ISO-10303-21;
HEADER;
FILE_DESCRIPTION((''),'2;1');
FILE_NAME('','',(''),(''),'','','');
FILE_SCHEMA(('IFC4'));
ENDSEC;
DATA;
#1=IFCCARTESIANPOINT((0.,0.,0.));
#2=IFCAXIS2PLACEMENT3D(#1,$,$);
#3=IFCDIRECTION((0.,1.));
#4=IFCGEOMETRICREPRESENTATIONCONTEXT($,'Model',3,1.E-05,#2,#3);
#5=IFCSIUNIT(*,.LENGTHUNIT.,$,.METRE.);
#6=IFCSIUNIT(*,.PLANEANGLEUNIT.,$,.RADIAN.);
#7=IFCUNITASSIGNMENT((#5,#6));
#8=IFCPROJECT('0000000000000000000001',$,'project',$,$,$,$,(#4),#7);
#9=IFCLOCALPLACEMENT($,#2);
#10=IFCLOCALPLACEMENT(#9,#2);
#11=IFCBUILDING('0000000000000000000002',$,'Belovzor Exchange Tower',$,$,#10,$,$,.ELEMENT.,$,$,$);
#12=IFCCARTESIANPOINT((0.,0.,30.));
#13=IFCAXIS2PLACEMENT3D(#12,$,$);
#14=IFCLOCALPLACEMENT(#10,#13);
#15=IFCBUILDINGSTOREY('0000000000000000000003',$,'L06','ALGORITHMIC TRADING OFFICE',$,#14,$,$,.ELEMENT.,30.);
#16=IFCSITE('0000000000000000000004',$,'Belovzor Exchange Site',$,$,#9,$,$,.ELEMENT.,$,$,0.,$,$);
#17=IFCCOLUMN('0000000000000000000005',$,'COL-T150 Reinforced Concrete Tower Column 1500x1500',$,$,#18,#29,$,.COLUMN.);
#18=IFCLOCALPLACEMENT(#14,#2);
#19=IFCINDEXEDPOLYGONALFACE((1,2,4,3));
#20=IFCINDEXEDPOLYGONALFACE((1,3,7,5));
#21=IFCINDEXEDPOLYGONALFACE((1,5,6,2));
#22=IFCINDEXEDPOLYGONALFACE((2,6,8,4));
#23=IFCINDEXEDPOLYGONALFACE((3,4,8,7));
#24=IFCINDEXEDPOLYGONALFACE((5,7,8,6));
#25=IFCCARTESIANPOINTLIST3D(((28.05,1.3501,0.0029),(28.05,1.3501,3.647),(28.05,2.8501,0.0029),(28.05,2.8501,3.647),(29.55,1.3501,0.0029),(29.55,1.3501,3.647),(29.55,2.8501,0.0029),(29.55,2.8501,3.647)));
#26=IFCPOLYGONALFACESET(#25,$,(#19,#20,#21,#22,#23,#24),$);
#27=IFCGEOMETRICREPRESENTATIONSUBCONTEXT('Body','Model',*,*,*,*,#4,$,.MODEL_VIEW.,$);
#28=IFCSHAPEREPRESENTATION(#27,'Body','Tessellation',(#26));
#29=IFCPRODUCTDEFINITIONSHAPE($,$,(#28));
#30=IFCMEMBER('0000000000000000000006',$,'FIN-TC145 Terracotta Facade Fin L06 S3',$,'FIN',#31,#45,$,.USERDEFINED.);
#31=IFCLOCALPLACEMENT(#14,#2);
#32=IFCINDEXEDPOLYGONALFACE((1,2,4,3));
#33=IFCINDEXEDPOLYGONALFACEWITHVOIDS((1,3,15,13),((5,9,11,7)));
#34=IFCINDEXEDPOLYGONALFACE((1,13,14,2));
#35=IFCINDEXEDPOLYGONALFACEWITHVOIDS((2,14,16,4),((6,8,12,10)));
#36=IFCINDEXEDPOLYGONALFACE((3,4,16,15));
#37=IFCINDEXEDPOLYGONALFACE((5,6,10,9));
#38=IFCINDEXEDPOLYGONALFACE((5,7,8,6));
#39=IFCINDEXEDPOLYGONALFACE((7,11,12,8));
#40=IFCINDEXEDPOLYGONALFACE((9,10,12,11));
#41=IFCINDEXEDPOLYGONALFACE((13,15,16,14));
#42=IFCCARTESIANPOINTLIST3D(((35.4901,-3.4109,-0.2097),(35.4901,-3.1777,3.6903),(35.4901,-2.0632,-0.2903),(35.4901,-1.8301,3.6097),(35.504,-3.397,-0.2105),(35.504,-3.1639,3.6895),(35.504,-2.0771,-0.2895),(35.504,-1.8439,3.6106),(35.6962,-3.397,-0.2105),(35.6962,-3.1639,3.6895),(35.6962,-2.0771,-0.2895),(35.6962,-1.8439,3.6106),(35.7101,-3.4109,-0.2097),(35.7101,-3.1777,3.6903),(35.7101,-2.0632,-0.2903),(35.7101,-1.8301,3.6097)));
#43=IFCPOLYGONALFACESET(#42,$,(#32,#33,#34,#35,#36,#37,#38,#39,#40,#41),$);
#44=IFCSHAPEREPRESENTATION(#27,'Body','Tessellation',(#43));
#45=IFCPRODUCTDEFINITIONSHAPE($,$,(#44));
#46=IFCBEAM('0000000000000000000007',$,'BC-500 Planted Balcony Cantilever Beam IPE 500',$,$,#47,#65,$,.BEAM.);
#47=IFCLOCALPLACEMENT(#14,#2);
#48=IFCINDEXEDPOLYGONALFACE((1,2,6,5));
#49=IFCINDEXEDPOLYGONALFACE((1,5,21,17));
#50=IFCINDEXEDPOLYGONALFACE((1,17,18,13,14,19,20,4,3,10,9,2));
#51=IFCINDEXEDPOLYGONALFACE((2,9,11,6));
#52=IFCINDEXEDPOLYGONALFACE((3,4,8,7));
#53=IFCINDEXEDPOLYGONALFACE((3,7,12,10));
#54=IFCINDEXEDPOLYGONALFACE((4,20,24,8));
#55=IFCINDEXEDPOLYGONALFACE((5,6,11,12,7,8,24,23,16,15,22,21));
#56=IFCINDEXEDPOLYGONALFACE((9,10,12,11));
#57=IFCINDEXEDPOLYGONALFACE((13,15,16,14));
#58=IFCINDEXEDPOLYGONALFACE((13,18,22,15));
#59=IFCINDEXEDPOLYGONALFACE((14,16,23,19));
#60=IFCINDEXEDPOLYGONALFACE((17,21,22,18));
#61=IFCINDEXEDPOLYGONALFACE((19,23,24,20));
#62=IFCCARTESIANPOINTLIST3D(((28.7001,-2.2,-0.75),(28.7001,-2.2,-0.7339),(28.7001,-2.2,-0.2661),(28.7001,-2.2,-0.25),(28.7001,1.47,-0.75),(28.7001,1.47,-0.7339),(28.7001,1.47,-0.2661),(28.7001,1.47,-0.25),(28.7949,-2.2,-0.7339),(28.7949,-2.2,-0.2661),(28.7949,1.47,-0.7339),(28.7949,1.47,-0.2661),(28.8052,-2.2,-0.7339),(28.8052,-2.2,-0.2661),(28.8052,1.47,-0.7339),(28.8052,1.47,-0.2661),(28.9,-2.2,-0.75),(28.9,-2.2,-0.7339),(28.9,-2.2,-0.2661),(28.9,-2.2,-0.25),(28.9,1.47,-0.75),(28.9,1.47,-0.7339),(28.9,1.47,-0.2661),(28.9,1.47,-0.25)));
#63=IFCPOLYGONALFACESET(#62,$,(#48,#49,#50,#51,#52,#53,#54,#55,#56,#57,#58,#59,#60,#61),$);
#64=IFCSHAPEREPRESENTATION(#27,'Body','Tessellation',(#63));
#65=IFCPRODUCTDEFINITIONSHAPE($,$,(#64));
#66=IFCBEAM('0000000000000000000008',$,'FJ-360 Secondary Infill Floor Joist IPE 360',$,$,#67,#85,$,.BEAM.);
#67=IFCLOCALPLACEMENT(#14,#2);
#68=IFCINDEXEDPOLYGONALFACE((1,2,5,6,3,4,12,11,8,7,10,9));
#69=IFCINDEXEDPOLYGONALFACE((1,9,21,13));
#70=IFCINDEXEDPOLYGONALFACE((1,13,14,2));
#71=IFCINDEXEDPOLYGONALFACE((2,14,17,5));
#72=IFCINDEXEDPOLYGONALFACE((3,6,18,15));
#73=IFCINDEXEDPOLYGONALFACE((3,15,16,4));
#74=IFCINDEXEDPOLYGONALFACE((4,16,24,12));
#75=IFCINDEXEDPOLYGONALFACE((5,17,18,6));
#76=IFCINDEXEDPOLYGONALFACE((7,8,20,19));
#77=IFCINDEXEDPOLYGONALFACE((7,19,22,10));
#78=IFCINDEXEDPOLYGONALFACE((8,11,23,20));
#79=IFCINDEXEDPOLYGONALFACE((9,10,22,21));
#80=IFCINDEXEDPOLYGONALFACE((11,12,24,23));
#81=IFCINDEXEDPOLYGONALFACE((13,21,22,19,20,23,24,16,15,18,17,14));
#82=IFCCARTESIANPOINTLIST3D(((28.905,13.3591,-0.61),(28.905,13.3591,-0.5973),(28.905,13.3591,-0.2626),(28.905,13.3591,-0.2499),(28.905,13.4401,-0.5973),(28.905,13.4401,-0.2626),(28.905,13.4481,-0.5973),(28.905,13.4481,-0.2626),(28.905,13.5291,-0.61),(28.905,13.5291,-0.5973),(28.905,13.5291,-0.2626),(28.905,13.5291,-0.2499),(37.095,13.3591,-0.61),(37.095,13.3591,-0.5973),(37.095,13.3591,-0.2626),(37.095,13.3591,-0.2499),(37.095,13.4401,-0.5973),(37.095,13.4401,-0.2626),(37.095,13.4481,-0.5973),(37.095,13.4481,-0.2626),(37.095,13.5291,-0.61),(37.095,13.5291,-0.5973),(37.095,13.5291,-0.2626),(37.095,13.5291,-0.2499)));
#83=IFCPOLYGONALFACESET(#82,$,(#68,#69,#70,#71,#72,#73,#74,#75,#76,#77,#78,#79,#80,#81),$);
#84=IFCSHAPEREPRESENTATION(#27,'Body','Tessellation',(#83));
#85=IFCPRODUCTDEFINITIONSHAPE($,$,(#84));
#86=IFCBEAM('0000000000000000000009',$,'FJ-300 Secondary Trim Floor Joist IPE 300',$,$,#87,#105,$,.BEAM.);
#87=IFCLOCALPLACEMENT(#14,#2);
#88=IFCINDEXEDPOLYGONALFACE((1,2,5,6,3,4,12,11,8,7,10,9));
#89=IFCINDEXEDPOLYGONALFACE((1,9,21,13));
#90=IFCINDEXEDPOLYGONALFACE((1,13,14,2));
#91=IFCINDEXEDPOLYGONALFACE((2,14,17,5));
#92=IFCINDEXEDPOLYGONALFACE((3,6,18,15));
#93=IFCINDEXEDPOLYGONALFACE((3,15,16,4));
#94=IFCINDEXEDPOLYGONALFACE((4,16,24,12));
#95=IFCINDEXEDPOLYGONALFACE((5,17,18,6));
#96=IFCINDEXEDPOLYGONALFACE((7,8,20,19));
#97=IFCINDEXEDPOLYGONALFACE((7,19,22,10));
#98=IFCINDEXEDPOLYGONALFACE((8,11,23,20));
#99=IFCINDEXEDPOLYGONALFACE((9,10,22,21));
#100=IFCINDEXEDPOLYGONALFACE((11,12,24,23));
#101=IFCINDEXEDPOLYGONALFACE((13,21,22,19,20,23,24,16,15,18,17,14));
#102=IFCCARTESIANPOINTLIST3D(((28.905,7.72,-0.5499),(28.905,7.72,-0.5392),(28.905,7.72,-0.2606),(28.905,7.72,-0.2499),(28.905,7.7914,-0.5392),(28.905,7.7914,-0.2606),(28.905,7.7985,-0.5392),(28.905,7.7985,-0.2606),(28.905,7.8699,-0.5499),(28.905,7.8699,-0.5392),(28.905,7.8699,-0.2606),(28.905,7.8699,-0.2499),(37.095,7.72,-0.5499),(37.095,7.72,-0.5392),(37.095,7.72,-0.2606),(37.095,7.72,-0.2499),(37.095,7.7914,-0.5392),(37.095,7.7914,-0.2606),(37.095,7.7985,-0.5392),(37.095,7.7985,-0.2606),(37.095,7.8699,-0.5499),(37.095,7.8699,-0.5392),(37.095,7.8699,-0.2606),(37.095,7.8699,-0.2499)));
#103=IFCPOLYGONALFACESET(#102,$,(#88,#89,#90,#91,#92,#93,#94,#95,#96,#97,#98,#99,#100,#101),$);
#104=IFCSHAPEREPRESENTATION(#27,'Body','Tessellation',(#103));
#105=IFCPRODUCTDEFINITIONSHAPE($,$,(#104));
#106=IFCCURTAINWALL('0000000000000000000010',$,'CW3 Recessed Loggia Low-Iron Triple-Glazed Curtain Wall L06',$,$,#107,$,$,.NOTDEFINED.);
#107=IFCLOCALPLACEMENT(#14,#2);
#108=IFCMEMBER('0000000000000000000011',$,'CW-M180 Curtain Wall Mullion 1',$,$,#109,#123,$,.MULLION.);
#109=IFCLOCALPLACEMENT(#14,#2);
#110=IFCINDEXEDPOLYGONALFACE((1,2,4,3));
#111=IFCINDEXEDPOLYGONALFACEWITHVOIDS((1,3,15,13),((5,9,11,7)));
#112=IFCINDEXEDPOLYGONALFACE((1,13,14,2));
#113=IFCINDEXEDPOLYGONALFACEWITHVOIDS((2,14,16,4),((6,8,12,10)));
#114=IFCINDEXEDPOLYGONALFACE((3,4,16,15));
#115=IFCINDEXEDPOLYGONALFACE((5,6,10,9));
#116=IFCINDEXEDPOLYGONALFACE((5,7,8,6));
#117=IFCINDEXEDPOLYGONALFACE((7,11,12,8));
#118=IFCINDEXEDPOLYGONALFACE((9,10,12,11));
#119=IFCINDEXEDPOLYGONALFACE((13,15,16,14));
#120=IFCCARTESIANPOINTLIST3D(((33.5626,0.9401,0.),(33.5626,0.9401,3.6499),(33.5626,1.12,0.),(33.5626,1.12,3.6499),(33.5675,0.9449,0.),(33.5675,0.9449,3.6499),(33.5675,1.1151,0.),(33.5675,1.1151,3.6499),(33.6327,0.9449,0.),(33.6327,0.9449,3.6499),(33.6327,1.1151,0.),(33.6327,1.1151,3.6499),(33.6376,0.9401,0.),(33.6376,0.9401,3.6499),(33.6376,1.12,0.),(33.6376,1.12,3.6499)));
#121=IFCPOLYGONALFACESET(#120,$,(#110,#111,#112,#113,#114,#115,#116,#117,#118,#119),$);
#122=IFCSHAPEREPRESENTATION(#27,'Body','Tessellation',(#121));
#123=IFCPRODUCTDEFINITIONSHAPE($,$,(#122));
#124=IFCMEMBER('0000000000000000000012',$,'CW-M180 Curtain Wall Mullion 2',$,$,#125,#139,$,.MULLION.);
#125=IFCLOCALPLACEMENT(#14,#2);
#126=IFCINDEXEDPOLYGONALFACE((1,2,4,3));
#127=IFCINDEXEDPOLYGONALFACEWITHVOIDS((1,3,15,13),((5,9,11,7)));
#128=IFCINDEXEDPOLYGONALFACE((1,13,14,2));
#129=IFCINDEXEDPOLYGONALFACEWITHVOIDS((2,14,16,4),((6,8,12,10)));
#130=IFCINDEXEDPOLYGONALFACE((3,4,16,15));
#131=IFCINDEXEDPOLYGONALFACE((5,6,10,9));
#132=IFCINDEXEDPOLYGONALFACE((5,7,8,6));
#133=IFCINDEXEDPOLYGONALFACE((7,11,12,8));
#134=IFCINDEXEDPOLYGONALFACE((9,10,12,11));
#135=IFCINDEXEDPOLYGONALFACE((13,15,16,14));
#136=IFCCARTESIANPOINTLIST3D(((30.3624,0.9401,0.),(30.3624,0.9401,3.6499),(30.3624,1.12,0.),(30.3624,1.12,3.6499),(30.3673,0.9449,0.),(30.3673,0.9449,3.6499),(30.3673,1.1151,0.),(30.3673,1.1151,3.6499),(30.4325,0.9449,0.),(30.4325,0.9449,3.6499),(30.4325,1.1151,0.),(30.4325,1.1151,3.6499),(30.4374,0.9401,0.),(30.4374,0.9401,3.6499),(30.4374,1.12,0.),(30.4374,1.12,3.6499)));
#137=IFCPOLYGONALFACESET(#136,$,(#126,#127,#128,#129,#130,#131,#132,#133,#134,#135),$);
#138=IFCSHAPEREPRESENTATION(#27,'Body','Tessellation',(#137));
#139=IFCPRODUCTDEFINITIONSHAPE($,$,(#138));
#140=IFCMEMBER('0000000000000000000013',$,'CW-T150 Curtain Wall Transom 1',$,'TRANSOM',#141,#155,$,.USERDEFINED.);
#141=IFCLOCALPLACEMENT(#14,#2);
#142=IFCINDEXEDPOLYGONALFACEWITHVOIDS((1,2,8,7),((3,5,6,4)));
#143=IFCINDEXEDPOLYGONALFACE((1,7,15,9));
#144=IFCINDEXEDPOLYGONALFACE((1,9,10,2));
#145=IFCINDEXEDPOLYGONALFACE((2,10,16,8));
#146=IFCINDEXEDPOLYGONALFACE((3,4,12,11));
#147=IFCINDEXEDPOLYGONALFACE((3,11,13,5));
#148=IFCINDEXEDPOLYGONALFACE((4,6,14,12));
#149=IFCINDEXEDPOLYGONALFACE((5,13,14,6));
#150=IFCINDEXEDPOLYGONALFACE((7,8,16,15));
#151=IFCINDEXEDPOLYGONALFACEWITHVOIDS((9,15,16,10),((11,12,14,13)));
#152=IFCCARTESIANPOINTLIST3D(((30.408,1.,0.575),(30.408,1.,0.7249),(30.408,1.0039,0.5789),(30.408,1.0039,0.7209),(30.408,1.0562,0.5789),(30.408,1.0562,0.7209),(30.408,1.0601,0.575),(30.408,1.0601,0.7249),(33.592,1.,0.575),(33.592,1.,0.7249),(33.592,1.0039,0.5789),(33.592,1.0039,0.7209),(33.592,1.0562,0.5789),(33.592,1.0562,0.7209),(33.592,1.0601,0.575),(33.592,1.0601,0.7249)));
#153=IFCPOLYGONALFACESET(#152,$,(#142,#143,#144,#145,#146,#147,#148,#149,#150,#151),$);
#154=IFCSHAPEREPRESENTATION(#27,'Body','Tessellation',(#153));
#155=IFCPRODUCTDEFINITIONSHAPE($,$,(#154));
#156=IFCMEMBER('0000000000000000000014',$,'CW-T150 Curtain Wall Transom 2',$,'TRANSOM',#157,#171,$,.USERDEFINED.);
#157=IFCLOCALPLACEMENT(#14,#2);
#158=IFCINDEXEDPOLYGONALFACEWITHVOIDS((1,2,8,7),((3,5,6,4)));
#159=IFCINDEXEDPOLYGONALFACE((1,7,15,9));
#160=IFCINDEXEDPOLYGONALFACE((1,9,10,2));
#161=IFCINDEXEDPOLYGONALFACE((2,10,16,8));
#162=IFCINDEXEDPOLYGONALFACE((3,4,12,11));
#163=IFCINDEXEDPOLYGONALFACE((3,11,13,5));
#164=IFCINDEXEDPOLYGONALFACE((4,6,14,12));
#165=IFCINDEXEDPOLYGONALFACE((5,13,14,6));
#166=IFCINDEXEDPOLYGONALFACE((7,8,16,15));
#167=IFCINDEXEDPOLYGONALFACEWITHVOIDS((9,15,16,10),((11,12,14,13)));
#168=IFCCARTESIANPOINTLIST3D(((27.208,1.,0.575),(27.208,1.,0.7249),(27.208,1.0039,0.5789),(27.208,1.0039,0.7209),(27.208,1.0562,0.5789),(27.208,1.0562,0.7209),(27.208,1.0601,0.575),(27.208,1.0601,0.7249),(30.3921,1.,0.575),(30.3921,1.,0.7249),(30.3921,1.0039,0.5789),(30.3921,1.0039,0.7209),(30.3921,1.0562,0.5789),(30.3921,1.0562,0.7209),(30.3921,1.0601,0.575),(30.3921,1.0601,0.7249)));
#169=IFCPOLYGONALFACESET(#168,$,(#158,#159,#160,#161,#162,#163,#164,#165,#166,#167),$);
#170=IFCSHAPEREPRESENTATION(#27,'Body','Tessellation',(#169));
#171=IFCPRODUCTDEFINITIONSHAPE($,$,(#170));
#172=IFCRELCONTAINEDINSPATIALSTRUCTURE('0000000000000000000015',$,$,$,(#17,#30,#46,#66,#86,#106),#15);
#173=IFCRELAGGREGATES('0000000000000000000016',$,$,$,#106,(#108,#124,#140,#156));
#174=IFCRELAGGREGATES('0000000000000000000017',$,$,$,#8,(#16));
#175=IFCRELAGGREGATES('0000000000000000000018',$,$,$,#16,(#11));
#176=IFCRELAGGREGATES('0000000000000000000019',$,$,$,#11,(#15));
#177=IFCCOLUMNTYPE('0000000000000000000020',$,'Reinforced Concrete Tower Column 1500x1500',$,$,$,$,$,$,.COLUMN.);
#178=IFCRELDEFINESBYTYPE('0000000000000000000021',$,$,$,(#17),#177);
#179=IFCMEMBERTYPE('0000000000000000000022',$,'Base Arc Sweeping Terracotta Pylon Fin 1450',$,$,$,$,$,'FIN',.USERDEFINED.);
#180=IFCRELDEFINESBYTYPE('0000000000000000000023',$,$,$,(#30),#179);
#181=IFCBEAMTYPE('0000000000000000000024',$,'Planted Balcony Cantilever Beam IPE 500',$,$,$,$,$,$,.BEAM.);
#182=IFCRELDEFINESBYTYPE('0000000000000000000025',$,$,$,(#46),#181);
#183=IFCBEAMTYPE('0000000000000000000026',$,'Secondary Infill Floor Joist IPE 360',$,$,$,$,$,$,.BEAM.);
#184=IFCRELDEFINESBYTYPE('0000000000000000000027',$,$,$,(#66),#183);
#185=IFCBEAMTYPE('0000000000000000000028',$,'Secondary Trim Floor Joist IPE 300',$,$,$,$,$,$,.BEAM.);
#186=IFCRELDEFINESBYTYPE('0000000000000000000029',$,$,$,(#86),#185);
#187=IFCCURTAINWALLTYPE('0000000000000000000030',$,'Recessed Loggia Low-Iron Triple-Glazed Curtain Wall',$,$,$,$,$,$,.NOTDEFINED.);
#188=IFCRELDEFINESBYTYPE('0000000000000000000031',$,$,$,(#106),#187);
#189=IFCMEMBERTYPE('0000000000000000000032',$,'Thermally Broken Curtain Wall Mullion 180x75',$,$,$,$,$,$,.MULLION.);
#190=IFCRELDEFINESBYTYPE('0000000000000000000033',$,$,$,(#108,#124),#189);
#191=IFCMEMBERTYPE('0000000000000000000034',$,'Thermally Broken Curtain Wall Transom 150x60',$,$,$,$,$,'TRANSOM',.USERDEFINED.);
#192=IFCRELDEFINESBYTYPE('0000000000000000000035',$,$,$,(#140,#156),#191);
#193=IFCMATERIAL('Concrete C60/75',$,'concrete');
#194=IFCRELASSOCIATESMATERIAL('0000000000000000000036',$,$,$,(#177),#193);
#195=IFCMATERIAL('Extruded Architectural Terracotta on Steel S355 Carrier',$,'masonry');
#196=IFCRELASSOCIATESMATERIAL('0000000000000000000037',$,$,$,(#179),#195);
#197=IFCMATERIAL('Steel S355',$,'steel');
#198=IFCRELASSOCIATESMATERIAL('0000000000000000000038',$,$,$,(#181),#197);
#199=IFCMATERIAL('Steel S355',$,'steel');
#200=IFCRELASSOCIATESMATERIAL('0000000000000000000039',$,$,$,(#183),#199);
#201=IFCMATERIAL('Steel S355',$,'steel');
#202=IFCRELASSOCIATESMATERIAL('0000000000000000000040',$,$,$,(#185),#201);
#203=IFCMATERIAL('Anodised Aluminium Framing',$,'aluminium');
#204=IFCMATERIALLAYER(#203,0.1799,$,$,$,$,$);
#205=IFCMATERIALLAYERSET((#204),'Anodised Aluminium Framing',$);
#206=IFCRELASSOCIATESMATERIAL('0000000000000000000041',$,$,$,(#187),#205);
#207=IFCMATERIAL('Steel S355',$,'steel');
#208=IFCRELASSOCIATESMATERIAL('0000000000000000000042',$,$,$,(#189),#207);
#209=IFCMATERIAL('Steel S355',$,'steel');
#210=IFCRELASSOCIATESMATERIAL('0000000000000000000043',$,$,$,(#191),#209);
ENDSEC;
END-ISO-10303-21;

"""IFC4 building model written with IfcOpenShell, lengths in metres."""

from ifc_helpers import new_model, si_unit, direction, frame, origin, origin_2d, place, context, subcontext, project, spatial, rectangle, hollow_rectangle, i_section, extrude, material, layer, layer_set, material_profile, profile_set, type_object, element, aggregate, save


model = new_model("IFC4")

# Units and contexts
model_context = context("Model", 3, precision=1e-05, world=origin(), true_north=direction((0.0, 1.0)))
body_context = subcontext(model_context, "Body", "Model", "MODEL_VIEW")
ifc_project = project(units=[si_unit("LENGTHUNIT", "METRE"), si_unit("PLANEANGLEUNIT", "RADIAN")], contexts=[model_context])

# Site, building, storey
site_placement = place(None, origin())
site = spatial("IfcSite", under=ifc_project, at=site_placement, Name="Belovzor Exchange Site", CompositionType="ELEMENT", RefElevation=0.0)
building_placement = place(site_placement, origin())
building = spatial("IfcBuilding", under=site, at=building_placement, Name="Belovzor Exchange Tower", CompositionType="ELEMENT")
storey_placement = place(building_placement, frame((0.0, 0.0, 30.0)))
storey = spatial("IfcBuildingStorey", under=building, at=storey_placement, Name="L06", Description="ALGORITHMIC TRADING OFFICE", CompositionType="ELEMENT", Elevation=30.0)

# Column
ifc_material_1 = material(Name="Concrete C60/75", Category="concrete")
ifc_material_profile_1 = material_profile(ifc_material_1, rectangle(XDim=1.5, YDim=1.5, at=origin_2d()))
ifc_profile_set_1 = profile_set([ifc_material_profile_1], Name="Concrete C60/75")
column_type = type_object("IfcColumnType", Name="Reinforced Concrete Tower Column 1500x1500", PredefinedType="COLUMN", material=ifc_profile_set_1)
column_placement = place(storey_placement, frame((28.8, 2.1001, 0.0029), z_axis=(0.0, 0.0, 1.0), x_axis=(1.0, 0.0, 0.0)))
element("IfcColumn", 1, at=column_placement, inside=storey, type_object=column_type, Name="COL-T150 Reinforced Concrete Tower Column 1500x1500", PredefinedType="COLUMN", context=body_context, shape_type="SweptSolid", body=[
    extrude(rectangle(XDim=1.5, YDim=1.5, at=origin_2d()), origin(), (0.0, 0.0, 1.0), 3.644),
])

# Member
ifc_material_2 = material(Name="Extruded Architectural Terracotta on Steel S355 Carrier", Category="masonry")
ifc_material_profile_2 = material_profile(ifc_material_2, hollow_rectangle(XDim=0.22, YDim=1.3501, WallThickness=0.0139, at=origin_2d()))
ifc_profile_set_2 = profile_set([ifc_material_profile_2], Name="Extruded Architectural Terracotta on Steel S355 Carrier")
member_type_1 = type_object("IfcMemberType", Name="Base Arc Sweeping Terracotta Pylon Fin 1450", ElementType="FIN", PredefinedType="USERDEFINED", material=ifc_profile_set_2)
member_1_placement = place(storey_placement, frame((35.6001, -2.7371, -0.25), z_axis=(0.0, 0.059678, 0.998218), x_axis=(-1.0, 0.0, 0.0)))
element("IfcMember", 2, at=member_1_placement, inside=storey, type_object=member_type_1, Name="FIN-TC145 Terracotta Facade Fin L06 S3", ObjectType="FIN", PredefinedType="USERDEFINED", context=body_context, shape_type="SweptSolid", body=[
    extrude(hollow_rectangle(XDim=0.22, YDim=1.3501, WallThickness=0.0139, at=origin_2d()), origin(), (0.0, 0.0, 1.0), 3.907),
])

# Beams
ifc_material_3 = material(Name="Steel S355", Category="steel")
ifc_material_profile_3 = material_profile(ifc_material_3, i_section(OverallWidth=0.2, OverallDepth=0.5, WebThickness=0.0103, FlangeThickness=0.0161, at=origin_2d()))
ifc_profile_set_3 = profile_set([ifc_material_profile_3], Name="Steel S355")
beam_type_1 = type_object("IfcBeamType", Name="Planted Balcony Cantilever Beam IPE 500", PredefinedType="BEAM", material=ifc_profile_set_3)
beam_1_placement = place(storey_placement, frame((28.8, 1.47, -0.5), z_axis=(0.0, -1.0, 0.0), x_axis=(1.0, 0.0, 0.0)))
element("IfcBeam", 3, at=beam_1_placement, inside=storey, type_object=beam_type_1, Name="BC-500 Planted Balcony Cantilever Beam IPE 500", PredefinedType="BEAM", context=body_context, shape_type="SweptSolid", body=[
    extrude(i_section(OverallWidth=0.2, OverallDepth=0.5, WebThickness=0.0103, FlangeThickness=0.0161, at=origin_2d()), origin(), (0.0, 0.0, 1.0), 3.6699),
])
ifc_material_4 = material(Name="Steel S355", Category="steel")
ifc_material_profile_4 = material_profile(ifc_material_4, i_section(OverallWidth=0.1699, OverallDepth=0.3601, WebThickness=0.0081, FlangeThickness=0.0127, at=origin_2d()))
ifc_profile_set_4 = profile_set([ifc_material_profile_4], Name="Steel S355")
beam_type_2 = type_object("IfcBeamType", Name="Secondary Infill Floor Joist IPE 360", PredefinedType="BEAM", material=ifc_profile_set_4)
beam_2_placement = place(storey_placement, frame((28.905, 13.4441, -0.4299), z_axis=(1.0, 0.0, 0.0), x_axis=(0.0, 1.0, 0.0)))
element("IfcBeam", 4, at=beam_2_placement, inside=storey, type_object=beam_type_2, Name="FJ-360 Secondary Infill Floor Joist IPE 360", PredefinedType="BEAM", context=body_context, shape_type="SweptSolid", body=[
    extrude(i_section(OverallWidth=0.1699, OverallDepth=0.3601, WebThickness=0.0081, FlangeThickness=0.0127, at=origin_2d()), origin(), (0.0, 0.0, 1.0), 8.1899),
])
ifc_material_5 = material(Name="Steel S355", Category="steel")
ifc_material_profile_5 = material_profile(ifc_material_5, i_section(OverallWidth=0.1499, OverallDepth=0.3, WebThickness=0.0071, FlangeThickness=0.0107, at=origin_2d()))
ifc_profile_set_5 = profile_set([ifc_material_profile_5], Name="Steel S355")
beam_type_3 = type_object("IfcBeamType", Name="Secondary Trim Floor Joist IPE 300", PredefinedType="BEAM", material=ifc_profile_set_5)
beam_3_placement = place(storey_placement, frame((28.905, 7.7949, -0.3999), z_axis=(1.0, 0.0, 0.0), x_axis=(0.0, 1.0, 0.0)))
element("IfcBeam", 5, at=beam_3_placement, inside=storey, type_object=beam_type_3, Name="FJ-300 Secondary Trim Floor Joist IPE 300", PredefinedType="BEAM", context=body_context, shape_type="SweptSolid", body=[
    extrude(i_section(OverallWidth=0.1499, OverallDepth=0.3, WebThickness=0.0071, FlangeThickness=0.0107, at=origin_2d()), origin(), (0.0, 0.0, 1.0), 8.1899),
])

# Curtain wall, members
ifc_material_6 = material(Name="Anodised Aluminium Framing", Category="aluminium")
ifc_layer_1 = layer(ifc_material_6, 0.1799)
ifc_layer_set_1 = layer_set([ifc_layer_1], Name="Anodised Aluminium Framing")
curtain_wall_type = type_object("IfcCurtainWallType", Name="Recessed Loggia Low-Iron Triple-Glazed Curtain Wall", PredefinedType="NOTDEFINED", material=ifc_layer_set_1)
curtain_wall_placement = place(storey_placement, origin())
curtain_wall = element("IfcCurtainWall", 6, at=curtain_wall_placement, inside=storey, type_object=curtain_wall_type, Name="CW3 Recessed Loggia Low-Iron Triple-Glazed Curtain Wall L06", PredefinedType="NOTDEFINED")
ifc_material_7 = material(Name="Steel S355", Category="steel")
ifc_material_profile_6 = material_profile(ifc_material_7, hollow_rectangle(XDim=0.075, YDim=0.1799, WallThickness=0.0049, at=origin_2d()))
ifc_profile_set_6 = profile_set([ifc_material_profile_6], Name="Steel S355")
member_type_2 = type_object("IfcMemberType", Name="Thermally Broken Curtain Wall Mullion 180x75", PredefinedType="MULLION", material=ifc_profile_set_6)
member_2_placement = place(storey_placement, frame((33.6001, 1.03, 0.0), z_axis=(0.0, 0.0, 1.0), x_axis=(-1.0, 0.0, 0.0)))
member_2 = element("IfcMember", 7, at=member_2_placement, type_object=member_type_2, Name="CW-M180 Curtain Wall Mullion 1", PredefinedType="MULLION", context=body_context, shape_type="SweptSolid", body=[
    extrude(hollow_rectangle(XDim=0.075, YDim=0.1799, WallThickness=0.0049, at=origin_2d()), origin(), (0.0, 0.0, 1.0), 3.6499),
])
member_3_placement = place(storey_placement, frame((30.3999, 1.03, 0.0), z_axis=(0.0, 0.0, 1.0), x_axis=(-1.0, 0.0, 0.0)))
member_3 = element("IfcMember", 8, at=member_3_placement, type_object=member_type_2, Name="CW-M180 Curtain Wall Mullion 2", PredefinedType="MULLION", context=body_context, shape_type="SweptSolid", body=[
    extrude(hollow_rectangle(XDim=0.075, YDim=0.1799, WallThickness=0.0049, at=origin_2d()), origin(), (0.0, 0.0, 1.0), 3.6499),
])
ifc_material_8 = material(Name="Steel S355", Category="steel")
ifc_material_profile_7 = material_profile(ifc_material_8, hollow_rectangle(XDim=0.0601, YDim=0.1499, WallThickness=0.0039, at=origin_2d()))
ifc_profile_set_7 = profile_set([ifc_material_profile_7], Name="Steel S355")
member_type_3 = type_object("IfcMemberType", Name="Thermally Broken Curtain Wall Transom 150x60", ElementType="TRANSOM", PredefinedType="USERDEFINED", material=ifc_profile_set_7)
member_4_placement = place(storey_placement, frame((33.592, 1.03, 0.6499), z_axis=(-1.0, 0.0, 0.0), x_axis=(0.0, -1.0, 0.0)))
member_4 = element("IfcMember", 9, at=member_4_placement, type_object=member_type_3, Name="CW-T150 Curtain Wall Transom 1", ObjectType="TRANSOM", PredefinedType="USERDEFINED", context=body_context, shape_type="SweptSolid", body=[
    extrude(hollow_rectangle(XDim=0.0601, YDim=0.1499, WallThickness=0.0039, at=origin_2d()), origin(), (0.0, 0.0, 1.0), 3.1841),
])
member_5_placement = place(storey_placement, frame((30.3921, 1.03, 0.6499), z_axis=(-1.0, 0.0, 0.0), x_axis=(0.0, -1.0, 0.0)))
member_5 = element("IfcMember", 10, at=member_5_placement, type_object=member_type_3, Name="CW-T150 Curtain Wall Transom 2", ObjectType="TRANSOM", PredefinedType="USERDEFINED", context=body_context, shape_type="SweptSolid", body=[
    extrude(hollow_rectangle(XDim=0.0601, YDim=0.1499, WallThickness=0.0039, at=origin_2d()), origin(), (0.0, 0.0, 1.0), 3.1841),
])

aggregate(curtain_wall, [member_2, member_3, member_4, member_5])

save(model, "model.ifc")
